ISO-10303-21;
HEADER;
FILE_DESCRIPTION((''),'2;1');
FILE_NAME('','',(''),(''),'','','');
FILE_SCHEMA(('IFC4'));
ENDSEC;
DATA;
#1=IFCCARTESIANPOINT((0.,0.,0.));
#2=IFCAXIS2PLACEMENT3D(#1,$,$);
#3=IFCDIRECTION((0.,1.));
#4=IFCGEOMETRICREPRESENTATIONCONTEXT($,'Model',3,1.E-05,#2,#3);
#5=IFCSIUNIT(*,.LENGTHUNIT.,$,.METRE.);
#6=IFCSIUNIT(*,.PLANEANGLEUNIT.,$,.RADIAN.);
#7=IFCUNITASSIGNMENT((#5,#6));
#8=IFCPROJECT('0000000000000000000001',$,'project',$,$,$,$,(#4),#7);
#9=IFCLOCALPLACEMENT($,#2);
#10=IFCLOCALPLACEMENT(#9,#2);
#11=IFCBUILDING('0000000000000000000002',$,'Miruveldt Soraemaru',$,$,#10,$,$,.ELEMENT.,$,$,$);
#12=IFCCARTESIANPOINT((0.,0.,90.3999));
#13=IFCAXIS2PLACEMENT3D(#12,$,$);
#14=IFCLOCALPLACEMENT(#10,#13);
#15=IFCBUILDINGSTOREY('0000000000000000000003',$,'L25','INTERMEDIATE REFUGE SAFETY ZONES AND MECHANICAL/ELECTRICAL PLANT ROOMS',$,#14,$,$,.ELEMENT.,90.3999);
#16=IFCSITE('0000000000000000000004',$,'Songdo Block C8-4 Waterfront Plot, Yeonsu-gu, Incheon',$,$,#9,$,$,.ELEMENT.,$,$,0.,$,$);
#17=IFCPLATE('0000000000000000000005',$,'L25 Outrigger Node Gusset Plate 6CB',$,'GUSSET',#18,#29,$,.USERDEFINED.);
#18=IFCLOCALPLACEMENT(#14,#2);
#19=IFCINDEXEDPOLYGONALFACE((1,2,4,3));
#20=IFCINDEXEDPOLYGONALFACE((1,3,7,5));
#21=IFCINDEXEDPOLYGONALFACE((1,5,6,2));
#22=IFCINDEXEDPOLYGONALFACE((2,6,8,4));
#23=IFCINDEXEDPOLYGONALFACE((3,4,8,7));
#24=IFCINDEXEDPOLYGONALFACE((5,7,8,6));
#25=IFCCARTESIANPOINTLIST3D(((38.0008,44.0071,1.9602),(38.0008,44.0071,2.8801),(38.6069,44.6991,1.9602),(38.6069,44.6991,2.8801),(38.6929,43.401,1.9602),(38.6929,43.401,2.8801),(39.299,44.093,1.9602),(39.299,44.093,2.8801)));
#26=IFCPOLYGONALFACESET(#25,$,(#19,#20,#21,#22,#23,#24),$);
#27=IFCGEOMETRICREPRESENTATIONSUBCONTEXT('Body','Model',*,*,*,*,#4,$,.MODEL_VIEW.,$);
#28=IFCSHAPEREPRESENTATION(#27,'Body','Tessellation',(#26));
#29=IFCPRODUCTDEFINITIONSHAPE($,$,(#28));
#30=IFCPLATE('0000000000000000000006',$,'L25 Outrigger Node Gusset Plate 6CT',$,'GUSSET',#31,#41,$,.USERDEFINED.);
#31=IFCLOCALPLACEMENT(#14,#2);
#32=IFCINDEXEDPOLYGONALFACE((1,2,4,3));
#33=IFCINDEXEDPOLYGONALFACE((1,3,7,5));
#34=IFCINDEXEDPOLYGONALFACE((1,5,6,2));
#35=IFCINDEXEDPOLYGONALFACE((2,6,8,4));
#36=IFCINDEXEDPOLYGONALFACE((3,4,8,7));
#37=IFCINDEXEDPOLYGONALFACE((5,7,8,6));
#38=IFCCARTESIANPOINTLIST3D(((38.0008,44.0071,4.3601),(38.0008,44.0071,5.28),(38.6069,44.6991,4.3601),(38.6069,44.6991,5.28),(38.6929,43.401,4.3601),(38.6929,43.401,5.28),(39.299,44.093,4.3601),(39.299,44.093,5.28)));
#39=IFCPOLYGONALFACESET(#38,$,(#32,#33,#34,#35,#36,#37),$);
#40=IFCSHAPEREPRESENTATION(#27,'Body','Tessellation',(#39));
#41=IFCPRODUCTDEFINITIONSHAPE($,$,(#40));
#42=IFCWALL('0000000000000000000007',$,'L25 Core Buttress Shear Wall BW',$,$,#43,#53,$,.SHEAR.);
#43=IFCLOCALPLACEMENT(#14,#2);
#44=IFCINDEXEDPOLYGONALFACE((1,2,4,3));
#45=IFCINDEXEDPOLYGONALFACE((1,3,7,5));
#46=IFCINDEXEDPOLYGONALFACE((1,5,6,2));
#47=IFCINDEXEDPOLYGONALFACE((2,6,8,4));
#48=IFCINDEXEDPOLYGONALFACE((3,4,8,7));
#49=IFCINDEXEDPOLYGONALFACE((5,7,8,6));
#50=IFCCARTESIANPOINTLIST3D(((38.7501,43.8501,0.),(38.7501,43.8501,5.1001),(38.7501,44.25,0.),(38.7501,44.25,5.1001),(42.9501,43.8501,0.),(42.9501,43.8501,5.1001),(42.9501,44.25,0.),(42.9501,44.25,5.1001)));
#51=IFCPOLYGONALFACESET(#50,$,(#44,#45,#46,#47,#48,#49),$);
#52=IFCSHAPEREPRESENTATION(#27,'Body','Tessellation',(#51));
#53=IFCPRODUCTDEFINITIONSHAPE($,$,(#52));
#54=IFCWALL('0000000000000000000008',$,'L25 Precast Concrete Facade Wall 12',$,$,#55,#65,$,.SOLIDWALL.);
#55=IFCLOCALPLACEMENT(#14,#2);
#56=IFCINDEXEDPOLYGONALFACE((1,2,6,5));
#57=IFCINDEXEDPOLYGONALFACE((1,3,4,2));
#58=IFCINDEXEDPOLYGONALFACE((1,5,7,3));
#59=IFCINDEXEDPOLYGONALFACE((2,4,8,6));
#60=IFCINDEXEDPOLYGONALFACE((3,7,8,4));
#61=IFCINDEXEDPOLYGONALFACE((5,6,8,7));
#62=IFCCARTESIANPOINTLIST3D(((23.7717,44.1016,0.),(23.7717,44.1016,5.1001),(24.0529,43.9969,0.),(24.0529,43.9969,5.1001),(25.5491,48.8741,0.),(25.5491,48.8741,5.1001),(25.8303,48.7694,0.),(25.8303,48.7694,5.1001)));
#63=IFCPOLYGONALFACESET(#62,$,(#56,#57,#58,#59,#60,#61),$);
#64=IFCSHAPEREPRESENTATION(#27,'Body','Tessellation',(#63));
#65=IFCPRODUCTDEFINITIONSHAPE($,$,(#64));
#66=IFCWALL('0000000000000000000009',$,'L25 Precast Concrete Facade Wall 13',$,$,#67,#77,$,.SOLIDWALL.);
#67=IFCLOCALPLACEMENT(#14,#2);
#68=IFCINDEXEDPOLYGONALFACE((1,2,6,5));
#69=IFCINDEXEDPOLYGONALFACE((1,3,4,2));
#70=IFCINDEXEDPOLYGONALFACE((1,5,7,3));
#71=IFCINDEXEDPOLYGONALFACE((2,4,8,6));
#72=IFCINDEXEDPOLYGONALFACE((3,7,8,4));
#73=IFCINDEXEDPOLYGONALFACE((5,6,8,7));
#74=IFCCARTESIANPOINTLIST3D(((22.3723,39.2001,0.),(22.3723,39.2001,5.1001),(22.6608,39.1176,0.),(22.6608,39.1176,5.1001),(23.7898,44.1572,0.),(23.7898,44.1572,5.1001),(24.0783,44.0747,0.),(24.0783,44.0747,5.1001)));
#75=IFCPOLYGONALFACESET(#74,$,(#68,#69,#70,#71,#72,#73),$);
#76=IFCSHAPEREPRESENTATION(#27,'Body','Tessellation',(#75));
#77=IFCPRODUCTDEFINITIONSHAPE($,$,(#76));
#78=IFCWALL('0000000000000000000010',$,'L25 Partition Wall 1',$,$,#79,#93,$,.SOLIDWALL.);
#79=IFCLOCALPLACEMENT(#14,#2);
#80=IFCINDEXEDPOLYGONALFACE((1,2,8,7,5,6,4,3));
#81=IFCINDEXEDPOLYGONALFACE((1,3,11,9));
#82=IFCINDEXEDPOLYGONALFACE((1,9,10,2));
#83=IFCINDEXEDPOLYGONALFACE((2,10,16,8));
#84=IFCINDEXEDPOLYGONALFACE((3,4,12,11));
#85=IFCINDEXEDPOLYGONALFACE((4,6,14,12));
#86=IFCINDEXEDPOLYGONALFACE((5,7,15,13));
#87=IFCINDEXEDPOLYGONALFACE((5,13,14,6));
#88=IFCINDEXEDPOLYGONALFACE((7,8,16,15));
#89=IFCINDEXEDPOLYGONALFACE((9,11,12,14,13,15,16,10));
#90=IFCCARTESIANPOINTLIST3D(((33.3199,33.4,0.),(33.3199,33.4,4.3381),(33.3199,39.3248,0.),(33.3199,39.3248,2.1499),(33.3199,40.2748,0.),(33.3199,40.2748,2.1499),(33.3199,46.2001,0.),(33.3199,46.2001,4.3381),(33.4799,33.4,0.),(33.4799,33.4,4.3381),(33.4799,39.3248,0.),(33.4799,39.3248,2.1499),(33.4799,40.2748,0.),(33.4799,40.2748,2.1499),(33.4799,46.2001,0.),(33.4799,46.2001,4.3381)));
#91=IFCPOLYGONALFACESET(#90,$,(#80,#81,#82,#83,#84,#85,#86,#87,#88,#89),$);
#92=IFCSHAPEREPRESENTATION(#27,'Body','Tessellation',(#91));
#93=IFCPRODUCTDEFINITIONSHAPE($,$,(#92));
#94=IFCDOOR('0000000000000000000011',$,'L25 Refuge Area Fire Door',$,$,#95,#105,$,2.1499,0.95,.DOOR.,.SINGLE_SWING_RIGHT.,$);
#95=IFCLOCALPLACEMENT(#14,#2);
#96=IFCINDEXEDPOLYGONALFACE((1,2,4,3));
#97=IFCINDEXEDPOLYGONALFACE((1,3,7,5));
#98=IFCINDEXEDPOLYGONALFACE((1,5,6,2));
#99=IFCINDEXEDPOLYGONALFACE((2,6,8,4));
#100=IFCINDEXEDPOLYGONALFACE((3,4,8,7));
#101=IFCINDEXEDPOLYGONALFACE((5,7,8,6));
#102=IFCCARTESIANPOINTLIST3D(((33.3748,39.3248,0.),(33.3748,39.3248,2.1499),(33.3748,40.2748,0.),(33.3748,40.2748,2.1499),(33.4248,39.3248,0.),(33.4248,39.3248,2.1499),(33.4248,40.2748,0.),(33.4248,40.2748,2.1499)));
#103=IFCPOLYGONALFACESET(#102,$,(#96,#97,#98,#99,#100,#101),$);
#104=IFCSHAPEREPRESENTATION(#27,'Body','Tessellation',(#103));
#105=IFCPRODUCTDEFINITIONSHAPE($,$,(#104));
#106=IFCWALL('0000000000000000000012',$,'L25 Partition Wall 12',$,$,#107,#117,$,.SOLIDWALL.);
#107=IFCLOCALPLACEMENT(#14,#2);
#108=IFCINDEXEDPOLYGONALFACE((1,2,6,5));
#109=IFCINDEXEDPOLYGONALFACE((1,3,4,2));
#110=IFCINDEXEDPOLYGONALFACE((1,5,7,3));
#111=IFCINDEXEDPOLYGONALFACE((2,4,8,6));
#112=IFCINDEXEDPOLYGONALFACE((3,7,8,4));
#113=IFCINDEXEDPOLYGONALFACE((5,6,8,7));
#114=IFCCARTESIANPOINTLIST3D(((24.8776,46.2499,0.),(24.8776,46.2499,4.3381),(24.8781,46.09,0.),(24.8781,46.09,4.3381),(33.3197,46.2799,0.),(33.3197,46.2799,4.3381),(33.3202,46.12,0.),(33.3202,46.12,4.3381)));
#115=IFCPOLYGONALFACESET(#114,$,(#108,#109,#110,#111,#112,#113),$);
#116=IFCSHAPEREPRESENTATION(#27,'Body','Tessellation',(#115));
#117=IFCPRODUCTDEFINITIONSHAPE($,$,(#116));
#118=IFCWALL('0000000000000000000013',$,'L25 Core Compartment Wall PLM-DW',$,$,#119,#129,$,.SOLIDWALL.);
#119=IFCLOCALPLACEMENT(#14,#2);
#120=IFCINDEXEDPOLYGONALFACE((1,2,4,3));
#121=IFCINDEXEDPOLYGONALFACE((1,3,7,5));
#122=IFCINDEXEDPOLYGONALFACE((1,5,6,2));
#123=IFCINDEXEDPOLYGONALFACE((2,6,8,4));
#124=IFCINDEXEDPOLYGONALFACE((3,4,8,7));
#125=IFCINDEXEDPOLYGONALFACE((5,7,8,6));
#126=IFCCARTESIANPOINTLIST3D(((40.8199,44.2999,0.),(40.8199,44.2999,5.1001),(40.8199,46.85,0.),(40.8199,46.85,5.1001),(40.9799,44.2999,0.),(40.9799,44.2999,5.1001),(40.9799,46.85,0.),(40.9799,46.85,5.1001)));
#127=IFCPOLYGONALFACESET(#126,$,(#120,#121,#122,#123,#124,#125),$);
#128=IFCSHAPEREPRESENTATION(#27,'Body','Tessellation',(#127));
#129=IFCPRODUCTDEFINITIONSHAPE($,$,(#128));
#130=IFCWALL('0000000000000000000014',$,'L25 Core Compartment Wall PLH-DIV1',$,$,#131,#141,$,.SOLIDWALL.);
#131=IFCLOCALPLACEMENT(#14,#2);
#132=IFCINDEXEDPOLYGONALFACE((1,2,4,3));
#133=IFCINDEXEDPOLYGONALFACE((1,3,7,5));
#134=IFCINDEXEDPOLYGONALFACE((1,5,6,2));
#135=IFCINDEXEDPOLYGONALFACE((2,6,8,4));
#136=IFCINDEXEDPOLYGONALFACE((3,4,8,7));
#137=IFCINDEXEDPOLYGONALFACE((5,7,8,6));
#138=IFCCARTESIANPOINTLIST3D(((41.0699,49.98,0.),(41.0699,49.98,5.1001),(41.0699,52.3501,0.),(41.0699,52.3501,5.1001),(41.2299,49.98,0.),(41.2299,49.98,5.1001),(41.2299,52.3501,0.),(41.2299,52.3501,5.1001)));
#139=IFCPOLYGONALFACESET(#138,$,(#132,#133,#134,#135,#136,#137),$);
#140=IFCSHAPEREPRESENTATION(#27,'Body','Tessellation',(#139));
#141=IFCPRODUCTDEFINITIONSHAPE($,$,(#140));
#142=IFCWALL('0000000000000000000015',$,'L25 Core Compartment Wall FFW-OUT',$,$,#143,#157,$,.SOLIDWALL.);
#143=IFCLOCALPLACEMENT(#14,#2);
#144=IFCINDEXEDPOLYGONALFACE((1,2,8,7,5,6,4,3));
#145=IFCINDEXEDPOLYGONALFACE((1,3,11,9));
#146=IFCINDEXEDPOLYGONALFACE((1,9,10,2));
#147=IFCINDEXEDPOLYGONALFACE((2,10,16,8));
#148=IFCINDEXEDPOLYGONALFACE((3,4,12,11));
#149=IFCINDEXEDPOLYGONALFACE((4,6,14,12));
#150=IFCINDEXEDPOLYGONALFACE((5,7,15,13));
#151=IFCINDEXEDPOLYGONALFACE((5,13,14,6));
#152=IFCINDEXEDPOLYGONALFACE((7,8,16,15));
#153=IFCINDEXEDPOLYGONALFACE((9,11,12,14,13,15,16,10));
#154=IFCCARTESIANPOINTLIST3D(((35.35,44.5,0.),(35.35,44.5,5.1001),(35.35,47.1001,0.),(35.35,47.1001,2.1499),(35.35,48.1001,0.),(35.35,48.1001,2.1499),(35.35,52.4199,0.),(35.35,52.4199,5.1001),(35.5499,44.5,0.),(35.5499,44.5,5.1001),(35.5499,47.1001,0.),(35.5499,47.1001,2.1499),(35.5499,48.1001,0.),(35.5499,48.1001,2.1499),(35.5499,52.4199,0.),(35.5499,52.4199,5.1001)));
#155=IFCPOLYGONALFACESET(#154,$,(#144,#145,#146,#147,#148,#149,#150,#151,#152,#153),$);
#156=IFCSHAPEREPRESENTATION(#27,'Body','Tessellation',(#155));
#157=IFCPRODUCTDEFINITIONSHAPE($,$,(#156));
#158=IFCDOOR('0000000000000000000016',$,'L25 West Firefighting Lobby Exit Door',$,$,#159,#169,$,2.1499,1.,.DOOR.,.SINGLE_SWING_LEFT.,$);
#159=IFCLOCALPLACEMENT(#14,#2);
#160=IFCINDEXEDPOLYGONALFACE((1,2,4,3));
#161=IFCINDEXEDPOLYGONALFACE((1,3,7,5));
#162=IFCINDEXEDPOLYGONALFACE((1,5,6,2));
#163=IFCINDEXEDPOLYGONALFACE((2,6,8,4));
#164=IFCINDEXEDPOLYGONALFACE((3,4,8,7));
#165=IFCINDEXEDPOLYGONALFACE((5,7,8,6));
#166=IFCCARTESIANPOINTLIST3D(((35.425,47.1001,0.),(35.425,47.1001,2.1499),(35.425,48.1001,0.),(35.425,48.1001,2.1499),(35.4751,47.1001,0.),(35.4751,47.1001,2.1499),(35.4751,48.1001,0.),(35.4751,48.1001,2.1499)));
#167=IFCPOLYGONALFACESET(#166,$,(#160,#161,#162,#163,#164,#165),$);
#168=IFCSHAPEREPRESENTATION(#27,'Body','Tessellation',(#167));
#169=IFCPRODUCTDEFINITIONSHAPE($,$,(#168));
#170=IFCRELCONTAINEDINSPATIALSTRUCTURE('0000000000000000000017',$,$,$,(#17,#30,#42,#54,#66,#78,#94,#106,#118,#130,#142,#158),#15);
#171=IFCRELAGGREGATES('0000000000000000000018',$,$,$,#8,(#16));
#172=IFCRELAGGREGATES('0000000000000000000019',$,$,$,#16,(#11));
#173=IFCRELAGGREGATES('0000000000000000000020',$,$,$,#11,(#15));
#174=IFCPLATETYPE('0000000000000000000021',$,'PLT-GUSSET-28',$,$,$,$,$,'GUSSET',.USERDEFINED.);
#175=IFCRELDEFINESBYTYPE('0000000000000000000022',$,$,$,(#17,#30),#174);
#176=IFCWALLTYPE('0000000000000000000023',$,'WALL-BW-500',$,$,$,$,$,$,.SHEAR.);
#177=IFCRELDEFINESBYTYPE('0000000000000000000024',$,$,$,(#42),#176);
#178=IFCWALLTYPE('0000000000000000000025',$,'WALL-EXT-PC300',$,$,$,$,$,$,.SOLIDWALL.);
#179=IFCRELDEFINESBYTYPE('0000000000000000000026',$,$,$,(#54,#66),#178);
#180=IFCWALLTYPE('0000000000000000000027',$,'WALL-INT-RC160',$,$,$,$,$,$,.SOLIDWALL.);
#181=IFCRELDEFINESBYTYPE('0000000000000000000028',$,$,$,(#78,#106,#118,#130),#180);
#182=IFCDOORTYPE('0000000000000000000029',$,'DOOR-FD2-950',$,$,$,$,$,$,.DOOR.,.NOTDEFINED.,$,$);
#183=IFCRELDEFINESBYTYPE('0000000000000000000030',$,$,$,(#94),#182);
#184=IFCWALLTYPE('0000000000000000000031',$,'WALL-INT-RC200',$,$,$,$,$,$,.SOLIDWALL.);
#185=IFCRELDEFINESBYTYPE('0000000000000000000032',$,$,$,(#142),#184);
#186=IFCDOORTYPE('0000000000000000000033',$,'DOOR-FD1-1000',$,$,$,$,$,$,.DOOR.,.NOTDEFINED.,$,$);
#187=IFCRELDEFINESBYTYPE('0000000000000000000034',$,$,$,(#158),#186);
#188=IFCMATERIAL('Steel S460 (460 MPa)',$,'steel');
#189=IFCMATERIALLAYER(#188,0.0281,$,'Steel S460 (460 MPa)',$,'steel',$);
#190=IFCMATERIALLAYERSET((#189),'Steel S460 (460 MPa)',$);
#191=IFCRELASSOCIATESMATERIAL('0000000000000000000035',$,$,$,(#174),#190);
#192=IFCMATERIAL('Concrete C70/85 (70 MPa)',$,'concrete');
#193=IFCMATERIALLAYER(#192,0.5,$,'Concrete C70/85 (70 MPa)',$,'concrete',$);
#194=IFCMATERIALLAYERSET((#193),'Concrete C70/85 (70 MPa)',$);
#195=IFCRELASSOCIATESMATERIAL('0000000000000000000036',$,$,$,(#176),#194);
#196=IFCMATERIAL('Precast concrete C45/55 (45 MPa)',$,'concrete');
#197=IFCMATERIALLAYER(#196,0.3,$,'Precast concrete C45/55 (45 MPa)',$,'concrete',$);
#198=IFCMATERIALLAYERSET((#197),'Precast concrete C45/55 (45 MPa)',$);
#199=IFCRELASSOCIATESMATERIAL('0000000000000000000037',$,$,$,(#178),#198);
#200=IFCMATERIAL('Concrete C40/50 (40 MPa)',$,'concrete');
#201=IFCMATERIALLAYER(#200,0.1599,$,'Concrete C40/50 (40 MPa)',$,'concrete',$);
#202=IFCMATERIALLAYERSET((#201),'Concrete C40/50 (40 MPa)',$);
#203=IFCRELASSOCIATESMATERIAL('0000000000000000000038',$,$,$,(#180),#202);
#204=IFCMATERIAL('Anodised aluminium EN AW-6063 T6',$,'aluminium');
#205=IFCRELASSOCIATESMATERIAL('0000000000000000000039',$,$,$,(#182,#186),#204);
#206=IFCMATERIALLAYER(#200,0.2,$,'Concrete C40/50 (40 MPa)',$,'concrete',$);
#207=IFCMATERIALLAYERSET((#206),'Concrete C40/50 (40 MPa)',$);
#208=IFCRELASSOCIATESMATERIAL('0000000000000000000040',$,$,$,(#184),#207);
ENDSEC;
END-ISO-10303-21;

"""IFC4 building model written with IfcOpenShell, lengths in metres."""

from ifc_helpers import new_model, si_unit, direction, frame, frame_2d, origin, origin_2d, place, context, subcontext, project, spatial, rectangle, extrude, material, layer, layer_set, type_object, element, fill, save


model = new_model("IFC4")

# Units and contexts
model_context = context("Model", 3, precision=1e-05, world=origin(), true_north=direction((0.0, 1.0)))
body_context = subcontext(model_context, "Body", "Model", "MODEL_VIEW")
ifc_project = project(units=[si_unit("LENGTHUNIT", "METRE"), si_unit("PLANEANGLEUNIT", "RADIAN")], contexts=[model_context])

# Site, building, storey
site_placement = place(None, origin())
site = spatial("IfcSite", under=ifc_project, at=site_placement, Name="Songdo Block C8-4 Waterfront Plot, Yeonsu-gu, Incheon", CompositionType="ELEMENT", RefElevation=0.0)
building_placement = place(site_placement, origin())
building = spatial("IfcBuilding", under=site, at=building_placement, Name="Miruveldt Soraemaru", CompositionType="ELEMENT")
storey_placement = place(building_placement, frame((0.0, 0.0, 90.3999)))
storey = spatial("IfcBuildingStorey", under=building, at=storey_placement, Name="L25", Description="INTERMEDIATE REFUGE SAFETY ZONES AND MECHANICAL/ELECTRICAL PLANT ROOMS", CompositionType="ELEMENT", Elevation=90.3999)

# Shared definitions
ifc_material_1 = material(Name="Concrete C70/85 (70 MPa)", Category="concrete")

# Shared definitions
ifc_material_2 = material(Name="Steel S460 (460 MPa)", Category="steel")

# Plates
ifc_layer_1 = layer(ifc_material_2, 0.0281, Name="Steel S460 (460 MPa)", Category="steel")
ifc_layer_set_1 = layer_set([ifc_layer_1], Name="Steel S460 (460 MPa)")
plate_type = type_object("IfcPlateType", Name="PLT-GUSSET-28", ElementType="GUSSET", PredefinedType="USERDEFINED", material=ifc_layer_set_1)
for number, where, z_axis, x_axis, name in (
    (1, (38.6499, 44.05, 1.9602), (0.0, 0.0, 1.0), (-0.7523, 0.658821, 0.0), "L25 Outrigger Node Gusset Plate 6CB"),
    (2, (38.6499, 44.05, 4.3601), (0.0, 0.0, 1.0), (-0.7523, 0.658821, 0.0), "L25 Outrigger Node Gusset Plate 6CT"),
):
    element("IfcPlate", number, at=place(storey_placement, frame(where, z_axis=z_axis, x_axis=x_axis)), inside=storey, type_object=plate_type, Name=name, ObjectType="GUSSET", PredefinedType="USERDEFINED", context=body_context, shape_type="SweptSolid", body=[
        extrude(rectangle(XDim=0.9199, YDim=0.9199, at=origin_2d()), origin(), (0.0, 0.0, 1.0), 0.9199),
    ])

# Walls
ifc_layer_2 = layer(ifc_material_1, 0.5, Name="Concrete C70/85 (70 MPa)", Category="concrete")
ifc_layer_set_2 = layer_set([ifc_layer_2], Name="Concrete C70/85 (70 MPa)")
wall_type_1 = type_object("IfcWallType", Name="WALL-BW-500", PredefinedType="SHEAR", material=ifc_layer_set_2)
wall_1_placement = place(storey_placement, frame((38.75, 44.05, 0.0), z_axis=(0.0, 0.0, 1.0), x_axis=(1.0, 0.0, 0.0)))
element("IfcWall", 3, at=wall_1_placement, inside=storey, type_object=wall_type_1, Name="L25 Core Buttress Shear Wall BW", PredefinedType="SHEAR", context=body_context, shape_type="SweptSolid", body=[
    extrude(rectangle(XDim=4.2, YDim=0.3999, at=frame_2d((2.1001, 0.0))), origin(), (0.0, 0.0, 1.0), 5.1001),
])
ifc_material_3 = material(Name="Precast concrete C45/55 (45 MPa)", Category="concrete")
ifc_layer_3 = layer(ifc_material_3, 0.3, Name="Precast concrete C45/55 (45 MPa)", Category="concrete")
ifc_layer_set_3 = layer_set([ifc_layer_3], Name="Precast concrete C45/55 (45 MPa)")
wall_type_2 = type_object("IfcWallType", Name="WALL-EXT-PC300", PredefinedType="SOLIDWALL", material=ifc_layer_set_3)
wall_2_placement = place(storey_placement, frame((25.6897, 48.8218, 0.0), z_axis=(0.0, 0.0, 1.0), x_axis=(-0.349, -0.937123, 0.0)))
element("IfcWall", 4, at=wall_2_placement, inside=storey, type_object=wall_type_2, Name="L25 Precast Concrete Facade Wall 12", PredefinedType="SOLIDWALL", context=body_context, shape_type="SweptSolid", body=[
    extrude(rectangle(XDim=5.0928, YDim=0.3, at=frame_2d((2.5464, 0.0))), origin(), (0.0, 0.0, 1.0), 5.1001),
])
wall_3_placement = place(storey_placement, frame((23.9341, 44.116, 0.0), z_axis=(0.0, 0.0, 1.0), x_axis=(-0.274934, -0.961463, 0.0)))
element("IfcWall", 5, at=wall_3_placement, inside=storey, type_object=wall_type_2, Name="L25 Precast Concrete Facade Wall 13", PredefinedType="SOLIDWALL", context=body_context, shape_type="SweptSolid", body=[
    extrude(rectangle(XDim=5.1558, YDim=0.3, at=frame_2d((2.5779, 0.0))), origin(), (0.0, 0.0, 1.0), 5.1001),
])

# Wall, opening, door
ifc_material_4 = material(Name="Concrete C40/50 (40 MPa)", Category="concrete")
ifc_layer_4 = layer(ifc_material_4, 0.1599, Name="Concrete C40/50 (40 MPa)", Category="concrete")
ifc_layer_set_4 = layer_set([ifc_layer_4], Name="Concrete C40/50 (40 MPa)")
wall_type_3 = type_object("IfcWallType", Name="WALL-INT-RC160", PredefinedType="SOLIDWALL", material=ifc_layer_set_4)
wall_4_placement = place(storey_placement, frame((33.3999, 46.2, 0.0), z_axis=(0.0, 0.0, 1.0), x_axis=(0.0, -1.0, 0.0)))
wall_4 = element("IfcWall", 6, at=wall_4_placement, inside=storey, type_object=wall_type_3, Name="L25 Partition Wall 1", PredefinedType="SOLIDWALL", context=body_context, shape_type="SweptSolid", body=[
    extrude(rectangle(XDim=12.8, YDim=0.1599, at=frame_2d((6.3999, 0.0))), origin(), (0.0, 0.0, 1.0), 4.3381),
])
opening_1_placement = place(wall_4_placement, frame((5.925, 0.0, 0.0)))
opening_1 = element("IfcOpeningElement", 7, at=opening_1_placement, cuts=wall_4, PredefinedType="OPENING", context=body_context, shape_type="SweptSolid", body=[
    extrude(rectangle(XDim=0.95, YDim=2.1499, at=frame_2d((0.4751, 1.075))), frame((0.0, 0.0898, 0.0), z_axis=(0.0, -1.0, 0.0), x_axis=(1.0, 0.0, 0.0)), (0.0, 0.0, 1.0), 0.1799),
])
ifc_material_5 = material(Name="Anodised aluminium EN AW-6063 T6", Category="aluminium")
door_type_1 = type_object("IfcDoorType", Name="DOOR-FD2-950", OperationType="NOTDEFINED", PredefinedType="DOOR", material=ifc_material_5)
door_1_placement = place(opening_1_placement, origin())
door_1 = element("IfcDoor", 8, at=door_1_placement, inside=storey, type_object=door_type_1, Name="L25 Refuge Area Fire Door", OperationType="SINGLE_SWING_RIGHT", OverallHeight=2.1499, OverallWidth=0.95, PredefinedType="DOOR", context=body_context, shape_type="SweptSolid", body=[
    extrude(rectangle(XDim=0.95, YDim=2.1499, at=frame_2d((0.4751, 1.075))), frame((0.0, 0.0249, 0.0), z_axis=(0.0, -1.0, 0.0), x_axis=(1.0, 0.0, 0.0)), (0.0, 0.0, 1.0), 0.05),
])
fill(opening_1, door_1)

# Walls
wall_5_placement = place(storey_placement, frame((33.3201, 46.2, 0.0), z_axis=(0.0, 0.0, 1.0), x_axis=(-0.999994, -0.003557, 0.0)))
element("IfcWall", 9, at=wall_5_placement, inside=storey, type_object=wall_type_3, Name="L25 Partition Wall 12", PredefinedType="SOLIDWALL", context=body_context, shape_type="SweptSolid", body=[
    extrude(rectangle(XDim=8.4421, YDim=0.1599, at=frame_2d((4.2212, 0.0))), origin(), (0.0, 0.0, 1.0), 4.3381),
])
wall_6_placement = place(storey_placement, frame((40.8999, 44.3, 0.0), z_axis=(0.0, 0.0, 1.0), x_axis=(0.0, 1.0, 0.0)))
element("IfcWall", 10, at=wall_6_placement, inside=storey, type_object=wall_type_3, Name="L25 Core Compartment Wall PLM-DW", PredefinedType="SOLIDWALL", context=body_context, shape_type="SweptSolid", body=[
    extrude(rectangle(XDim=2.55, YDim=0.1599, at=frame_2d((1.2749, 0.0))), origin(), (0.0, 0.0, 1.0), 5.1001),
])
wall_7_placement = place(storey_placement, frame((41.1499, 49.98, 0.0), z_axis=(0.0, 0.0, 1.0), x_axis=(0.0, 1.0, 0.0)))
element("IfcWall", 11, at=wall_7_placement, inside=storey, type_object=wall_type_3, Name="L25 Core Compartment Wall PLH-DIV1", PredefinedType="SOLIDWALL", context=body_context, shape_type="SweptSolid", body=[
    extrude(rectangle(XDim=2.3701, YDim=0.1599, at=frame_2d((1.1851, 0.0))), origin(), (0.0, 0.0, 1.0), 5.1001),
])

# Wall, opening, door
ifc_layer_5 = layer(ifc_material_4, 0.2, Name="Concrete C40/50 (40 MPa)", Category="concrete")
ifc_layer_set_5 = layer_set([ifc_layer_5], Name="Concrete C40/50 (40 MPa)")
wall_type_4 = type_object("IfcWallType", Name="WALL-INT-RC200", PredefinedType="SOLIDWALL", material=ifc_layer_set_5)
wall_8_placement = place(storey_placement, frame((35.45, 44.5, 0.0), z_axis=(0.0, 0.0, 1.0), x_axis=(0.0, 1.0, 0.0)))
wall_8 = element("IfcWall", 12, at=wall_8_placement, inside=storey, type_object=wall_type_4, Name="L25 Core Compartment Wall FFW-OUT", PredefinedType="SOLIDWALL", context=body_context, shape_type="SweptSolid", body=[
    extrude(rectangle(XDim=7.9199, YDim=0.2, at=frame_2d((3.96, 0.0))), origin(), (0.0, 0.0, 1.0), 5.1001),
])
opening_2_placement = place(wall_8_placement, frame((2.6001, 0.0, 0.0)))
opening_2 = element("IfcOpeningElement", 13, at=opening_2_placement, cuts=wall_8, PredefinedType="OPENING", context=body_context, shape_type="SweptSolid", body=[
    extrude(rectangle(XDim=1.0, YDim=2.1499, at=frame_2d((0.5, 1.075))), frame((0.0, 0.1099, 0.0), z_axis=(0.0, -1.0, 0.0), x_axis=(1.0, 0.0, 0.0)), (0.0, 0.0, 1.0), 0.22),
])
door_type_2 = type_object("IfcDoorType", Name="DOOR-FD1-1000", OperationType="NOTDEFINED", PredefinedType="DOOR", material=ifc_material_5)
door_2_placement = place(opening_2_placement, origin())
door_2 = element("IfcDoor", 14, at=door_2_placement, inside=storey, type_object=door_type_2, Name="L25 West Firefighting Lobby Exit Door", OperationType="SINGLE_SWING_LEFT", OverallHeight=2.1499, OverallWidth=1.0, PredefinedType="DOOR", context=body_context, shape_type="SweptSolid", body=[
    extrude(rectangle(XDim=1.0, YDim=2.1499, at=frame_2d((0.5, 1.075))), frame((0.0, 0.0249, 0.0), z_axis=(0.0, -1.0, 0.0), x_axis=(1.0, 0.0, 0.0)), (0.0, 0.0, 1.0), 0.05),
])
fill(opening_2, door_2)

save(model, "model.ifc")
